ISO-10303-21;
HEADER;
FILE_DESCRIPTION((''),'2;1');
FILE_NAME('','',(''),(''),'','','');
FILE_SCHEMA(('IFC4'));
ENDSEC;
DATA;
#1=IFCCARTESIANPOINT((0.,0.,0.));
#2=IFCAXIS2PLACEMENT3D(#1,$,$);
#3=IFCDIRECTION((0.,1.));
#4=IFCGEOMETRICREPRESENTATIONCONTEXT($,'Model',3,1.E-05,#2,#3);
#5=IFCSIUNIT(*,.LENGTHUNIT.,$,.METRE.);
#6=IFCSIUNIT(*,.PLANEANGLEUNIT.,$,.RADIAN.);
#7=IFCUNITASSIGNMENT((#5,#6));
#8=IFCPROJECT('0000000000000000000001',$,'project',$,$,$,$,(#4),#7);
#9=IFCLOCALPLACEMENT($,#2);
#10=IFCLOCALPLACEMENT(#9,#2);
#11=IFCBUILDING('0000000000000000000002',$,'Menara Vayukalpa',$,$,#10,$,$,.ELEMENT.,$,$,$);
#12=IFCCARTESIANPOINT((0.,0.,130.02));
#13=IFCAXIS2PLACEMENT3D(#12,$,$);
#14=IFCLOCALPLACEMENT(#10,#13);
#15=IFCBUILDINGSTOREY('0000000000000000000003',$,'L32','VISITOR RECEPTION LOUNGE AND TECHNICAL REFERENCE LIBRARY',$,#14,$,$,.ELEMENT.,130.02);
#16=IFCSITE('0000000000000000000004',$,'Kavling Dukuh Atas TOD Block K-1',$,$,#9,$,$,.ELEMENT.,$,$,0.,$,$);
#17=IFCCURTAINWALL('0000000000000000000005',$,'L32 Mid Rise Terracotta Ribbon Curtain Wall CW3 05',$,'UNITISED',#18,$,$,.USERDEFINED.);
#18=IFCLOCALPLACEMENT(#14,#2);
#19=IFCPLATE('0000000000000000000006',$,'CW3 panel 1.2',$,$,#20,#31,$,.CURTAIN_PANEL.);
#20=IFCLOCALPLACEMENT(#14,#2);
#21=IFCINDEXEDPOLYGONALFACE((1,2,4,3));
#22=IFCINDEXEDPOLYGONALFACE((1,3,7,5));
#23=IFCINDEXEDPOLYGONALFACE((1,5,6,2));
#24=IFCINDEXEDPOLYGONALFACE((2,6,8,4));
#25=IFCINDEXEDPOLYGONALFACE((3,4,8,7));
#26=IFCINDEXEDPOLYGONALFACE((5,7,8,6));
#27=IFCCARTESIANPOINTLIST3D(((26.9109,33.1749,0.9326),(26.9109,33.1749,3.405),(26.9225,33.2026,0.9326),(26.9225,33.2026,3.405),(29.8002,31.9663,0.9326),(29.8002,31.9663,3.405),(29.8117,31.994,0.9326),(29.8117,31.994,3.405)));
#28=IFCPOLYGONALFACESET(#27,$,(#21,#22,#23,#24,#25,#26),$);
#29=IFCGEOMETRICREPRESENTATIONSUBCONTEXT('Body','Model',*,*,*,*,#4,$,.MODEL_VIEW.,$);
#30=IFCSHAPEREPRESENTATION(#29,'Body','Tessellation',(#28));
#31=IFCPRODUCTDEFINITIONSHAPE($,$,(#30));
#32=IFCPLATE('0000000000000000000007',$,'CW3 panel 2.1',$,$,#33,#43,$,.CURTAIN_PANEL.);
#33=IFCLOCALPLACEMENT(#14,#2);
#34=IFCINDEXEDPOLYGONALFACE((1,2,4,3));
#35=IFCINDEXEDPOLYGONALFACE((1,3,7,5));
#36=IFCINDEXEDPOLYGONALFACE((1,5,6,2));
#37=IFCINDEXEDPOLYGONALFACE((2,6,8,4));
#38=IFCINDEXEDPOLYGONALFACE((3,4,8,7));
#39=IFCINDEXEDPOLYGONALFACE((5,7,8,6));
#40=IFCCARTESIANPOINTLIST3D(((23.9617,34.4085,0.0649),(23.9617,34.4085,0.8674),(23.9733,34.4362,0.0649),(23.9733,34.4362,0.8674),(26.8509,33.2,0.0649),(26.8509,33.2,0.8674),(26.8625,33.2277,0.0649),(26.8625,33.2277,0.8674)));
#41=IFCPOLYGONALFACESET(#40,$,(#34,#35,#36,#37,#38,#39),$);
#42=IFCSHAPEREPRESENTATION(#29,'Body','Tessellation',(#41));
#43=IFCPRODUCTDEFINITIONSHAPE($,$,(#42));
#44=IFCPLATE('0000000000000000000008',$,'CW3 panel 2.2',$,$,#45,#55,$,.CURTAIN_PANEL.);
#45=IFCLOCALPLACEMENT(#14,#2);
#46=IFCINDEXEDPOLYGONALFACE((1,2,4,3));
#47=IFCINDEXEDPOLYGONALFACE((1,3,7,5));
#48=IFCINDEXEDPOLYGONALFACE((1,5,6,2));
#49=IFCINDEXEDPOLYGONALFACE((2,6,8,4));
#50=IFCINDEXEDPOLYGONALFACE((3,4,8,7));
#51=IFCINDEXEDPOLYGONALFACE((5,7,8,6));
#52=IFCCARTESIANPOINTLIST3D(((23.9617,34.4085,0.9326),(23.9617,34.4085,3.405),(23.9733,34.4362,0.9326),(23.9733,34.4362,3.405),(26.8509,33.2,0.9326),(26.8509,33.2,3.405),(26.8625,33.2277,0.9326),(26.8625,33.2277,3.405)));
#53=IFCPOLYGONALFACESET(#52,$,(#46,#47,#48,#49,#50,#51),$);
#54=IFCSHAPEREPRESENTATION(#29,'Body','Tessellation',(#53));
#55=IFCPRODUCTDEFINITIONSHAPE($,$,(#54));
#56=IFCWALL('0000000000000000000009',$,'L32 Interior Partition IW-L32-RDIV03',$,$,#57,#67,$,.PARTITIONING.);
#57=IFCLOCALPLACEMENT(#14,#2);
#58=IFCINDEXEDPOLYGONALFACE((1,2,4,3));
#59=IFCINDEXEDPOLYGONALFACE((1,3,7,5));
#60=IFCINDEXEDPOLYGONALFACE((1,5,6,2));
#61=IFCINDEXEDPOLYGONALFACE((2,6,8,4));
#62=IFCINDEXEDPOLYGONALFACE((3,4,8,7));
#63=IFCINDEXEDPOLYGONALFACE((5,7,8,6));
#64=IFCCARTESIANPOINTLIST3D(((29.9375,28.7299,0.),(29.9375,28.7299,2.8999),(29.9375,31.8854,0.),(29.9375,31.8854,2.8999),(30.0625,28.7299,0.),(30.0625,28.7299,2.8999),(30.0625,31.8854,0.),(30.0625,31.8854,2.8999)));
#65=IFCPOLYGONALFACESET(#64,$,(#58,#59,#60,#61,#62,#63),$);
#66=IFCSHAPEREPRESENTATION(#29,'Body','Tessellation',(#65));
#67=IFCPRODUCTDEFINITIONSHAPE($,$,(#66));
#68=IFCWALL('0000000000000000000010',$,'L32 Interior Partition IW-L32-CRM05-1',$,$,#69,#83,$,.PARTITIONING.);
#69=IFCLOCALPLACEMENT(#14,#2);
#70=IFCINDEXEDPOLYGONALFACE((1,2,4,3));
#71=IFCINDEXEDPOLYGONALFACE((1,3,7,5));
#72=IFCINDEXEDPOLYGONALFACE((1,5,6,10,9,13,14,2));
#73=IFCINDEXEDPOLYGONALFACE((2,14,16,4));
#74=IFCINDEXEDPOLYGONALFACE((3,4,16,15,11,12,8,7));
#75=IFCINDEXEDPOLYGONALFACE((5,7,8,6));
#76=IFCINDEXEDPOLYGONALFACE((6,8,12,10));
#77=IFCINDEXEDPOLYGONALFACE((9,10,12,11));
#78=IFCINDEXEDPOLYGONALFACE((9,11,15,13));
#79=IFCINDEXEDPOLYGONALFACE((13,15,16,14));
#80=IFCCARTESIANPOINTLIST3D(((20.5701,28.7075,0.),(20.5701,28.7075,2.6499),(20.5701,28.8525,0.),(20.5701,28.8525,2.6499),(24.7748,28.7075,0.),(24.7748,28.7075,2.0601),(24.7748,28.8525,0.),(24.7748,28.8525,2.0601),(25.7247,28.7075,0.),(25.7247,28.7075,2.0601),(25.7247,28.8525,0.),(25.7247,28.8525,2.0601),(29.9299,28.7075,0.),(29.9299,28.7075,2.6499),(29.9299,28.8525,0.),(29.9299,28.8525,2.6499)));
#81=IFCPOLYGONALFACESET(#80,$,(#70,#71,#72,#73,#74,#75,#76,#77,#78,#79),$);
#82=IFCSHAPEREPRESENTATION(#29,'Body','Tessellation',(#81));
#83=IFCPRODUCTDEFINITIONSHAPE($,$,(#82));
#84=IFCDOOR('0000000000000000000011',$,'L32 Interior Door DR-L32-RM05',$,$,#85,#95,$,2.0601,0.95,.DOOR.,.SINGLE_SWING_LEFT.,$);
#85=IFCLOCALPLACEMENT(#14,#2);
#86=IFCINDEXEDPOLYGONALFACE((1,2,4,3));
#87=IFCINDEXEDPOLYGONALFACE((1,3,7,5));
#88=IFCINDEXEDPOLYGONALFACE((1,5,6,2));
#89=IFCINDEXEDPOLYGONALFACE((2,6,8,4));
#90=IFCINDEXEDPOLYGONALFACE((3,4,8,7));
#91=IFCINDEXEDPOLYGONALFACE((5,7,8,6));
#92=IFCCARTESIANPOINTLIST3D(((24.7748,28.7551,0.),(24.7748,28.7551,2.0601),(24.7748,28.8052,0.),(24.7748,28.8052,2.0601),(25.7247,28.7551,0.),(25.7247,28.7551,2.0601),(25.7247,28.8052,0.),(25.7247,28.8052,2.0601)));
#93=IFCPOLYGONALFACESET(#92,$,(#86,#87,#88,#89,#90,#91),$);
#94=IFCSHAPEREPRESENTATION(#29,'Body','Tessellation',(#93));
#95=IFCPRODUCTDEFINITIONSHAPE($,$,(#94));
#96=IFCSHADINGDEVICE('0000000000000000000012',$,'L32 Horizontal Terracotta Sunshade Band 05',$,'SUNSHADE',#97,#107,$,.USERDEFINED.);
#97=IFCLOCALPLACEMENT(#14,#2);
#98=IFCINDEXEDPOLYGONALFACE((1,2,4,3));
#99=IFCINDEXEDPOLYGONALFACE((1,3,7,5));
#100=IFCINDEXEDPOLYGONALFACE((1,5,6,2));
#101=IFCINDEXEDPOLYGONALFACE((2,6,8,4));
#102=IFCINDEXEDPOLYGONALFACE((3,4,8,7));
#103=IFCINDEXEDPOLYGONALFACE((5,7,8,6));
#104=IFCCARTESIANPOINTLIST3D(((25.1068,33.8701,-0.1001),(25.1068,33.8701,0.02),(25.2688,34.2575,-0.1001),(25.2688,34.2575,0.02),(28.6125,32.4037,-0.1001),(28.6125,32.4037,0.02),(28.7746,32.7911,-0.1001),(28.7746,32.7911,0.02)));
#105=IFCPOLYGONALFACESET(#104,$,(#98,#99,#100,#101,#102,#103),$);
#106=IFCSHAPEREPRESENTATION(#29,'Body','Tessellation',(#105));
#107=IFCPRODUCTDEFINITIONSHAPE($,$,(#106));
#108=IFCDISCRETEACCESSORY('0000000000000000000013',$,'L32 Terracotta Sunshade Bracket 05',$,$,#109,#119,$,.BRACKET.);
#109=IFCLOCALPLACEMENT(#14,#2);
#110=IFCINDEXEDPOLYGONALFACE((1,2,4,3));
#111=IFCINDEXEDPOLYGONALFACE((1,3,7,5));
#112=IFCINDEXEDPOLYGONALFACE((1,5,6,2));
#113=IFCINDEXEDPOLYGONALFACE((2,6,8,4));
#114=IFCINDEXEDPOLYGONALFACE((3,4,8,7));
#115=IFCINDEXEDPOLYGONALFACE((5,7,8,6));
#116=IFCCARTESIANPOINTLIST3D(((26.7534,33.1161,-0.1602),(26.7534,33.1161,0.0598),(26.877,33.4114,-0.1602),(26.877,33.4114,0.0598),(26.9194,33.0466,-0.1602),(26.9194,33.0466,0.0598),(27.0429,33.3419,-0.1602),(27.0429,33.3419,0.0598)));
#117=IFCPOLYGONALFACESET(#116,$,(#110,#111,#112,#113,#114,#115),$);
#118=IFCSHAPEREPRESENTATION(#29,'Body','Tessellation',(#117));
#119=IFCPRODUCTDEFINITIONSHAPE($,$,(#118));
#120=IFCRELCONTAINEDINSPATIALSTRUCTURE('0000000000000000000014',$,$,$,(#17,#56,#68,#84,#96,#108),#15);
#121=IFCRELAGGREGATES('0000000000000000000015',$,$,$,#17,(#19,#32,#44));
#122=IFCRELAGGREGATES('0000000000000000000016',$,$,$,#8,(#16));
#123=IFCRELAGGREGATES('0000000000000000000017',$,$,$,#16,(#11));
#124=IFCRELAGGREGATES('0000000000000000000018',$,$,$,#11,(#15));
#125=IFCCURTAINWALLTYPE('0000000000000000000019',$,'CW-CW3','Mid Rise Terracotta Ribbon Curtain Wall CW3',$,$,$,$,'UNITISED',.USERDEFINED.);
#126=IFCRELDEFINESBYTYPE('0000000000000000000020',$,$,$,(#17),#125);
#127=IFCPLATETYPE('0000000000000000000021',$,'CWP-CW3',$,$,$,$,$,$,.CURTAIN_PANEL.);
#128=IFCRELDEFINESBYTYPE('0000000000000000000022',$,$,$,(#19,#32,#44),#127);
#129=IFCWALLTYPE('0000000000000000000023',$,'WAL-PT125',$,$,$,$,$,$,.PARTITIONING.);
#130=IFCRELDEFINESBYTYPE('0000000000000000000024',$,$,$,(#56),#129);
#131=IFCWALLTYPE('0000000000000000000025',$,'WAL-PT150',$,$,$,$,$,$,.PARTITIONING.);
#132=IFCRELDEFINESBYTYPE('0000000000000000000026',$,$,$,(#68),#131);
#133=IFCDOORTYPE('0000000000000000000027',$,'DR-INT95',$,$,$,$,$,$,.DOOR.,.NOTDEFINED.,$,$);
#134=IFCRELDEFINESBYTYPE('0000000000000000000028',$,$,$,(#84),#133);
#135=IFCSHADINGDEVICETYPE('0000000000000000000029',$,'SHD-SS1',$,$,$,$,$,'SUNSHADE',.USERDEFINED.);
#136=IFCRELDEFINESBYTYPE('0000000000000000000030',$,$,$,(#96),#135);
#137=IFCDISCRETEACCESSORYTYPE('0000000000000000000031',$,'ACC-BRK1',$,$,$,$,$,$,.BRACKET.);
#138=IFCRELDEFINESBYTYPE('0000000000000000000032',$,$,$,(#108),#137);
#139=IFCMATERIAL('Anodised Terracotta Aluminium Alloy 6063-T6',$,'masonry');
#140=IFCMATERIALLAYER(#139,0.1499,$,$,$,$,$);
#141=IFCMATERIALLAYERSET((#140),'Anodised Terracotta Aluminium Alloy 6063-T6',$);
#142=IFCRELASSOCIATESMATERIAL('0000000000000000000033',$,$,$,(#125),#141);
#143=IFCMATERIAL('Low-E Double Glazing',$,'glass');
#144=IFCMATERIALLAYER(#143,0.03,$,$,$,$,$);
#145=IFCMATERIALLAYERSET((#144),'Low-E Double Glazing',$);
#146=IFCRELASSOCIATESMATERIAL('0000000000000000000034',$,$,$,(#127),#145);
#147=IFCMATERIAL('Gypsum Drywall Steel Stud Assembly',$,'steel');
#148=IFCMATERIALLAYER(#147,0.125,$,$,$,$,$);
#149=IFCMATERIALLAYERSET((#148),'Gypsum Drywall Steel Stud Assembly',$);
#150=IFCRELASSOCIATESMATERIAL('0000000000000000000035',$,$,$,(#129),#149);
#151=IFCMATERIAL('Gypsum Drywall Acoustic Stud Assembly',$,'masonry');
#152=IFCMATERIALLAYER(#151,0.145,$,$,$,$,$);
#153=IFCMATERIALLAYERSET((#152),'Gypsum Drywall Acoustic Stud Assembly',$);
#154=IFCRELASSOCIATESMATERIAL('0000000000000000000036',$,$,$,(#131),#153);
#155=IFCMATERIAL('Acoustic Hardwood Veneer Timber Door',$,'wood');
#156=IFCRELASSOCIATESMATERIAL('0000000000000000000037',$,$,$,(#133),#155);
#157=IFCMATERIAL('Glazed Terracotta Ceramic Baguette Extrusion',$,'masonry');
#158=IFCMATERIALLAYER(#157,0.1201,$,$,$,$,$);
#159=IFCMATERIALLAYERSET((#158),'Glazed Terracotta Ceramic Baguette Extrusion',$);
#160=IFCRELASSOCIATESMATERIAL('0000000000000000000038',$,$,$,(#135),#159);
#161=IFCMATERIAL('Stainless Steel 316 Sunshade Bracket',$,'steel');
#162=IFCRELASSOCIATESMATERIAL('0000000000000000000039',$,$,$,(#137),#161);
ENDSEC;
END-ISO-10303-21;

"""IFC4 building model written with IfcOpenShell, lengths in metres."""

from ifc_helpers import new_model, si_unit, direction, frame, frame_2d, origin, origin_2d, place, context, subcontext, project, spatial, rectangle, extrude, material, layer, layer_set, type_object, element, fill, aggregate, save


model = new_model("IFC4")

# Units and contexts
model_context = context("Model", 3, precision=1e-05, world=origin(), true_north=direction((0.0, 1.0)))
body_context = subcontext(model_context, "Body", "Model", "MODEL_VIEW")
ifc_project = project(units=[si_unit("LENGTHUNIT", "METRE"), si_unit("PLANEANGLEUNIT", "RADIAN")], contexts=[model_context])

# Site, building, storey
site_placement = place(None, origin())
site = spatial("IfcSite", under=ifc_project, at=site_placement, Name="Kavling Dukuh Atas TOD Block K-1", CompositionType="ELEMENT", RefElevation=0.0)
building_placement = place(site_placement, origin())
building = spatial("IfcBuilding", under=site, at=building_placement, Name="Menara Vayukalpa", CompositionType="ELEMENT")
storey_placement = place(building_placement, frame((0.0, 0.0, 130.02)))
storey = spatial("IfcBuildingStorey", under=building, at=storey_placement, Name="L32", Description="VISITOR RECEPTION LOUNGE AND TECHNICAL REFERENCE LIBRARY", CompositionType="ELEMENT", Elevation=130.02)

# Shared definitions
ifc_material_1 = material(Name="Anodised Terracotta Aluminium Alloy 6063-T6", Category="masonry")
ifc_layer_1 = layer(ifc_material_1, 0.1499)
ifc_layer_set_1 = layer_set([ifc_layer_1], Name="Anodised Terracotta Aluminium Alloy 6063-T6")
curtain_wall_type = type_object("IfcCurtainWallType", Name="CW-CW3", Description="Mid Rise Terracotta Ribbon Curtain Wall CW3", ElementType="UNITISED", PredefinedType="USERDEFINED", material=ifc_layer_set_1)

# Curtain wall, plates
curtain_wall_1_placement = place(storey_placement, origin())
curtain_wall_1 = element("IfcCurtainWall", 1, at=curtain_wall_1_placement, inside=storey, type_object=curtain_wall_type, Name="L32 Mid Rise Terracotta Ribbon Curtain Wall CW3 05", ObjectType="UNITISED", PredefinedType="USERDEFINED")
ifc_material_2 = material(Name="Low-E Double Glazing", Category="glass")
ifc_layer_2 = layer(ifc_material_2, 0.03)
ifc_layer_set_2 = layer_set([ifc_layer_2], Name="Low-E Double Glazing")
plate_type = type_object("IfcPlateType", Name="CWP-CW3", PredefinedType="CURTAIN_PANEL", material=ifc_layer_set_2)
plate_1_placement = place(storey_placement, frame((28.3613, 32.5845, 0.9326), z_axis=(0.0, 0.0, 1.0), x_axis=(-0.922543, 0.385894, 0.0)))
plate_1 = element("IfcPlate", 2, at=plate_1_placement, type_object=plate_type, Name="CW3 panel 1.2", PredefinedType="CURTAIN_PANEL", context=body_context, shape_type="SweptSolid", body=[
    extrude(rectangle(XDim=3.1318, YDim=0.03, at=origin_2d()), origin(), (0.0, 0.0, 1.0), 2.4724),
])
plate_2_placement = place(storey_placement, frame((25.4121, 33.8181, 0.0649), z_axis=(0.0, 0.0, 1.0), x_axis=(-0.922543, 0.385894, 0.0)))
plate_2 = element("IfcPlate", 3, at=plate_2_placement, type_object=plate_type, Name="CW3 panel 2.1", PredefinedType="CURTAIN_PANEL", context=body_context, shape_type="SweptSolid", body=[
    extrude(rectangle(XDim=3.1318, YDim=0.03, at=origin_2d()), origin(), (0.0, 0.0, 1.0), 0.8025),
])
plate_3_placement = place(storey_placement, frame((25.4121, 33.8181, 0.9326), z_axis=(0.0, 0.0, 1.0), x_axis=(-0.922543, 0.385894, 0.0)))
plate_3 = element("IfcPlate", 4, at=plate_3_placement, type_object=plate_type, Name="CW3 panel 2.2", PredefinedType="CURTAIN_PANEL", context=body_context, shape_type="SweptSolid", body=[
    extrude(rectangle(XDim=3.1318, YDim=0.03, at=origin_2d()), origin(), (0.0, 0.0, 1.0), 2.4724),
])
aggregate(curtain_wall_1, [plate_1, plate_2, plate_3])

# Wall
ifc_material_3 = material(Name="Gypsum Drywall Steel Stud Assembly", Category="steel")
ifc_layer_3 = layer(ifc_material_3, 0.125)
ifc_layer_set_3 = layer_set([ifc_layer_3], Name="Gypsum Drywall Steel Stud Assembly")
wall_type_1 = type_object("IfcWallType", Name="WAL-PT125", PredefinedType="PARTITIONING", material=ifc_layer_set_3)
wall_1_placement = place(storey_placement, frame((30.0, 28.73, 0.0), z_axis=(0.0, 0.0, 1.0), x_axis=(0.0, 1.0, 0.0)))
element("IfcWall", 5, at=wall_1_placement, inside=storey, type_object=wall_type_1, Name="L32 Interior Partition IW-L32-RDIV03", PredefinedType="PARTITIONING", context=body_context, shape_type="SweptSolid", body=[
    extrude(rectangle(XDim=3.1555, YDim=0.125, at=frame_2d((1.5776, 0.0))), origin(), (0.0, 0.0, 1.0), 2.8999),
])

# Wall, opening, door
ifc_material_4 = material(Name="Gypsum Drywall Acoustic Stud Assembly", Category="masonry")
ifc_layer_4 = layer(ifc_material_4, 0.145)
ifc_layer_set_4 = layer_set([ifc_layer_4], Name="Gypsum Drywall Acoustic Stud Assembly")
wall_type_2 = type_object("IfcWallType", Name="WAL-PT150", PredefinedType="PARTITIONING", material=ifc_layer_set_4)
wall_2_placement = place(storey_placement, frame((29.9299, 28.78, 0.0), z_axis=(0.0, 0.0, 1.0), x_axis=(-1.0, 0.0, 0.0)))
wall_2 = element("IfcWall", 6, at=wall_2_placement, inside=storey, type_object=wall_type_2, Name="L32 Interior Partition IW-L32-CRM05-1", PredefinedType="PARTITIONING", context=body_context, shape_type="SweptSolid", body=[
    extrude(rectangle(XDim=9.3599, YDim=0.145, at=frame_2d((4.6799, 0.0))), origin(), (0.0, 0.0, 1.0), 2.6499),
])
opening_placement = place(wall_2_placement, frame((4.2051, 0.0, 0.0)))
opening = element("IfcOpeningElement", 7, at=opening_placement, cuts=wall_2, PredefinedType="OPENING", context=body_context, shape_type="SweptSolid", body=[
    extrude(rectangle(XDim=0.95, YDim=2.0601, at=frame_2d((0.4751, 1.03))), frame((0.0, 0.0825, 0.0), z_axis=(0.0, -1.0, 0.0), x_axis=(1.0, 0.0, 0.0)), (0.0, 0.0, 1.0), 0.165),
])
ifc_material_5 = material(Name="Acoustic Hardwood Veneer Timber Door", Category="wood")
door_type = type_object("IfcDoorType", Name="DR-INT95", OperationType="NOTDEFINED", PredefinedType="DOOR", material=ifc_material_5)
door_placement = place(opening_placement, origin())
door = element("IfcDoor", 8, at=door_placement, inside=storey, type_object=door_type, Name="L32 Interior Door DR-L32-RM05", OperationType="SINGLE_SWING_LEFT", OverallHeight=2.0601, OverallWidth=0.95, PredefinedType="DOOR", context=body_context, shape_type="SweptSolid", body=[
    extrude(rectangle(XDim=0.95, YDim=2.0601, at=frame_2d((0.4751, 1.03))), frame((0.0, 0.0249, 0.0), z_axis=(0.0, -1.0, 0.0), x_axis=(1.0, 0.0, 0.0)), (0.0, 0.0, 1.0), 0.05),
])
fill(opening, door)

# Shading device
ifc_material_6 = material(Name="Glazed Terracotta Ceramic Baguette Extrusion", Category="masonry")
ifc_layer_5 = layer(ifc_material_6, 0.1201)
ifc_layer_set_5 = layer_set([ifc_layer_5], Name="Glazed Terracotta Ceramic Baguette Extrusion")
shading_device_type = type_object("IfcShadingDeviceType", Name="SHD-SS1", ElementType="SUNSHADE", PredefinedType="USERDEFINED", material=ifc_layer_set_5)
shading_device_placement = place(storey_placement, frame((26.9407, 33.3306, -0.1001), z_axis=(0.0, 0.0, 1.0), x_axis=(-0.922545, 0.38589, 0.0)))
element("IfcShadingDevice", 9, at=shading_device_placement, inside=storey, type_object=shading_device_type, Name="L32 Horizontal Terracotta Sunshade Band 05", ObjectType="SUNSHADE", PredefinedType="USERDEFINED", context=body_context, shape_type="SweptSolid", body=[
    extrude(rectangle(XDim=3.8, YDim=0.4199, at=origin_2d()), origin(), (0.0, 0.0, 1.0), 0.1201),
])

# Discrete accessory
ifc_material_7 = material(Name="Stainless Steel 316 Sunshade Bracket", Category="steel")
discrete_accessory_type = type_object("IfcDiscreteAccessoryType", Name="ACC-BRK1", PredefinedType="BRACKET", material=ifc_material_7)
discrete_accessory_placement = place(storey_placement, frame((26.8982, 33.229, -0.1602), z_axis=(0.0, 0.0, 1.0), x_axis=(-0.922545, 0.38589, 0.0)))
element("IfcDiscreteAccessory", 10, at=discrete_accessory_placement, inside=storey, type_object=discrete_accessory_type, Name="L32 Terracotta Sunshade Bracket 05", PredefinedType="BRACKET", context=body_context, shape_type="SweptSolid", body=[
    extrude(rectangle(XDim=0.1799, YDim=0.3201, at=origin_2d()), origin(), (0.0, 0.0, 1.0), 0.22),
])

save(model, "model.ifc")
